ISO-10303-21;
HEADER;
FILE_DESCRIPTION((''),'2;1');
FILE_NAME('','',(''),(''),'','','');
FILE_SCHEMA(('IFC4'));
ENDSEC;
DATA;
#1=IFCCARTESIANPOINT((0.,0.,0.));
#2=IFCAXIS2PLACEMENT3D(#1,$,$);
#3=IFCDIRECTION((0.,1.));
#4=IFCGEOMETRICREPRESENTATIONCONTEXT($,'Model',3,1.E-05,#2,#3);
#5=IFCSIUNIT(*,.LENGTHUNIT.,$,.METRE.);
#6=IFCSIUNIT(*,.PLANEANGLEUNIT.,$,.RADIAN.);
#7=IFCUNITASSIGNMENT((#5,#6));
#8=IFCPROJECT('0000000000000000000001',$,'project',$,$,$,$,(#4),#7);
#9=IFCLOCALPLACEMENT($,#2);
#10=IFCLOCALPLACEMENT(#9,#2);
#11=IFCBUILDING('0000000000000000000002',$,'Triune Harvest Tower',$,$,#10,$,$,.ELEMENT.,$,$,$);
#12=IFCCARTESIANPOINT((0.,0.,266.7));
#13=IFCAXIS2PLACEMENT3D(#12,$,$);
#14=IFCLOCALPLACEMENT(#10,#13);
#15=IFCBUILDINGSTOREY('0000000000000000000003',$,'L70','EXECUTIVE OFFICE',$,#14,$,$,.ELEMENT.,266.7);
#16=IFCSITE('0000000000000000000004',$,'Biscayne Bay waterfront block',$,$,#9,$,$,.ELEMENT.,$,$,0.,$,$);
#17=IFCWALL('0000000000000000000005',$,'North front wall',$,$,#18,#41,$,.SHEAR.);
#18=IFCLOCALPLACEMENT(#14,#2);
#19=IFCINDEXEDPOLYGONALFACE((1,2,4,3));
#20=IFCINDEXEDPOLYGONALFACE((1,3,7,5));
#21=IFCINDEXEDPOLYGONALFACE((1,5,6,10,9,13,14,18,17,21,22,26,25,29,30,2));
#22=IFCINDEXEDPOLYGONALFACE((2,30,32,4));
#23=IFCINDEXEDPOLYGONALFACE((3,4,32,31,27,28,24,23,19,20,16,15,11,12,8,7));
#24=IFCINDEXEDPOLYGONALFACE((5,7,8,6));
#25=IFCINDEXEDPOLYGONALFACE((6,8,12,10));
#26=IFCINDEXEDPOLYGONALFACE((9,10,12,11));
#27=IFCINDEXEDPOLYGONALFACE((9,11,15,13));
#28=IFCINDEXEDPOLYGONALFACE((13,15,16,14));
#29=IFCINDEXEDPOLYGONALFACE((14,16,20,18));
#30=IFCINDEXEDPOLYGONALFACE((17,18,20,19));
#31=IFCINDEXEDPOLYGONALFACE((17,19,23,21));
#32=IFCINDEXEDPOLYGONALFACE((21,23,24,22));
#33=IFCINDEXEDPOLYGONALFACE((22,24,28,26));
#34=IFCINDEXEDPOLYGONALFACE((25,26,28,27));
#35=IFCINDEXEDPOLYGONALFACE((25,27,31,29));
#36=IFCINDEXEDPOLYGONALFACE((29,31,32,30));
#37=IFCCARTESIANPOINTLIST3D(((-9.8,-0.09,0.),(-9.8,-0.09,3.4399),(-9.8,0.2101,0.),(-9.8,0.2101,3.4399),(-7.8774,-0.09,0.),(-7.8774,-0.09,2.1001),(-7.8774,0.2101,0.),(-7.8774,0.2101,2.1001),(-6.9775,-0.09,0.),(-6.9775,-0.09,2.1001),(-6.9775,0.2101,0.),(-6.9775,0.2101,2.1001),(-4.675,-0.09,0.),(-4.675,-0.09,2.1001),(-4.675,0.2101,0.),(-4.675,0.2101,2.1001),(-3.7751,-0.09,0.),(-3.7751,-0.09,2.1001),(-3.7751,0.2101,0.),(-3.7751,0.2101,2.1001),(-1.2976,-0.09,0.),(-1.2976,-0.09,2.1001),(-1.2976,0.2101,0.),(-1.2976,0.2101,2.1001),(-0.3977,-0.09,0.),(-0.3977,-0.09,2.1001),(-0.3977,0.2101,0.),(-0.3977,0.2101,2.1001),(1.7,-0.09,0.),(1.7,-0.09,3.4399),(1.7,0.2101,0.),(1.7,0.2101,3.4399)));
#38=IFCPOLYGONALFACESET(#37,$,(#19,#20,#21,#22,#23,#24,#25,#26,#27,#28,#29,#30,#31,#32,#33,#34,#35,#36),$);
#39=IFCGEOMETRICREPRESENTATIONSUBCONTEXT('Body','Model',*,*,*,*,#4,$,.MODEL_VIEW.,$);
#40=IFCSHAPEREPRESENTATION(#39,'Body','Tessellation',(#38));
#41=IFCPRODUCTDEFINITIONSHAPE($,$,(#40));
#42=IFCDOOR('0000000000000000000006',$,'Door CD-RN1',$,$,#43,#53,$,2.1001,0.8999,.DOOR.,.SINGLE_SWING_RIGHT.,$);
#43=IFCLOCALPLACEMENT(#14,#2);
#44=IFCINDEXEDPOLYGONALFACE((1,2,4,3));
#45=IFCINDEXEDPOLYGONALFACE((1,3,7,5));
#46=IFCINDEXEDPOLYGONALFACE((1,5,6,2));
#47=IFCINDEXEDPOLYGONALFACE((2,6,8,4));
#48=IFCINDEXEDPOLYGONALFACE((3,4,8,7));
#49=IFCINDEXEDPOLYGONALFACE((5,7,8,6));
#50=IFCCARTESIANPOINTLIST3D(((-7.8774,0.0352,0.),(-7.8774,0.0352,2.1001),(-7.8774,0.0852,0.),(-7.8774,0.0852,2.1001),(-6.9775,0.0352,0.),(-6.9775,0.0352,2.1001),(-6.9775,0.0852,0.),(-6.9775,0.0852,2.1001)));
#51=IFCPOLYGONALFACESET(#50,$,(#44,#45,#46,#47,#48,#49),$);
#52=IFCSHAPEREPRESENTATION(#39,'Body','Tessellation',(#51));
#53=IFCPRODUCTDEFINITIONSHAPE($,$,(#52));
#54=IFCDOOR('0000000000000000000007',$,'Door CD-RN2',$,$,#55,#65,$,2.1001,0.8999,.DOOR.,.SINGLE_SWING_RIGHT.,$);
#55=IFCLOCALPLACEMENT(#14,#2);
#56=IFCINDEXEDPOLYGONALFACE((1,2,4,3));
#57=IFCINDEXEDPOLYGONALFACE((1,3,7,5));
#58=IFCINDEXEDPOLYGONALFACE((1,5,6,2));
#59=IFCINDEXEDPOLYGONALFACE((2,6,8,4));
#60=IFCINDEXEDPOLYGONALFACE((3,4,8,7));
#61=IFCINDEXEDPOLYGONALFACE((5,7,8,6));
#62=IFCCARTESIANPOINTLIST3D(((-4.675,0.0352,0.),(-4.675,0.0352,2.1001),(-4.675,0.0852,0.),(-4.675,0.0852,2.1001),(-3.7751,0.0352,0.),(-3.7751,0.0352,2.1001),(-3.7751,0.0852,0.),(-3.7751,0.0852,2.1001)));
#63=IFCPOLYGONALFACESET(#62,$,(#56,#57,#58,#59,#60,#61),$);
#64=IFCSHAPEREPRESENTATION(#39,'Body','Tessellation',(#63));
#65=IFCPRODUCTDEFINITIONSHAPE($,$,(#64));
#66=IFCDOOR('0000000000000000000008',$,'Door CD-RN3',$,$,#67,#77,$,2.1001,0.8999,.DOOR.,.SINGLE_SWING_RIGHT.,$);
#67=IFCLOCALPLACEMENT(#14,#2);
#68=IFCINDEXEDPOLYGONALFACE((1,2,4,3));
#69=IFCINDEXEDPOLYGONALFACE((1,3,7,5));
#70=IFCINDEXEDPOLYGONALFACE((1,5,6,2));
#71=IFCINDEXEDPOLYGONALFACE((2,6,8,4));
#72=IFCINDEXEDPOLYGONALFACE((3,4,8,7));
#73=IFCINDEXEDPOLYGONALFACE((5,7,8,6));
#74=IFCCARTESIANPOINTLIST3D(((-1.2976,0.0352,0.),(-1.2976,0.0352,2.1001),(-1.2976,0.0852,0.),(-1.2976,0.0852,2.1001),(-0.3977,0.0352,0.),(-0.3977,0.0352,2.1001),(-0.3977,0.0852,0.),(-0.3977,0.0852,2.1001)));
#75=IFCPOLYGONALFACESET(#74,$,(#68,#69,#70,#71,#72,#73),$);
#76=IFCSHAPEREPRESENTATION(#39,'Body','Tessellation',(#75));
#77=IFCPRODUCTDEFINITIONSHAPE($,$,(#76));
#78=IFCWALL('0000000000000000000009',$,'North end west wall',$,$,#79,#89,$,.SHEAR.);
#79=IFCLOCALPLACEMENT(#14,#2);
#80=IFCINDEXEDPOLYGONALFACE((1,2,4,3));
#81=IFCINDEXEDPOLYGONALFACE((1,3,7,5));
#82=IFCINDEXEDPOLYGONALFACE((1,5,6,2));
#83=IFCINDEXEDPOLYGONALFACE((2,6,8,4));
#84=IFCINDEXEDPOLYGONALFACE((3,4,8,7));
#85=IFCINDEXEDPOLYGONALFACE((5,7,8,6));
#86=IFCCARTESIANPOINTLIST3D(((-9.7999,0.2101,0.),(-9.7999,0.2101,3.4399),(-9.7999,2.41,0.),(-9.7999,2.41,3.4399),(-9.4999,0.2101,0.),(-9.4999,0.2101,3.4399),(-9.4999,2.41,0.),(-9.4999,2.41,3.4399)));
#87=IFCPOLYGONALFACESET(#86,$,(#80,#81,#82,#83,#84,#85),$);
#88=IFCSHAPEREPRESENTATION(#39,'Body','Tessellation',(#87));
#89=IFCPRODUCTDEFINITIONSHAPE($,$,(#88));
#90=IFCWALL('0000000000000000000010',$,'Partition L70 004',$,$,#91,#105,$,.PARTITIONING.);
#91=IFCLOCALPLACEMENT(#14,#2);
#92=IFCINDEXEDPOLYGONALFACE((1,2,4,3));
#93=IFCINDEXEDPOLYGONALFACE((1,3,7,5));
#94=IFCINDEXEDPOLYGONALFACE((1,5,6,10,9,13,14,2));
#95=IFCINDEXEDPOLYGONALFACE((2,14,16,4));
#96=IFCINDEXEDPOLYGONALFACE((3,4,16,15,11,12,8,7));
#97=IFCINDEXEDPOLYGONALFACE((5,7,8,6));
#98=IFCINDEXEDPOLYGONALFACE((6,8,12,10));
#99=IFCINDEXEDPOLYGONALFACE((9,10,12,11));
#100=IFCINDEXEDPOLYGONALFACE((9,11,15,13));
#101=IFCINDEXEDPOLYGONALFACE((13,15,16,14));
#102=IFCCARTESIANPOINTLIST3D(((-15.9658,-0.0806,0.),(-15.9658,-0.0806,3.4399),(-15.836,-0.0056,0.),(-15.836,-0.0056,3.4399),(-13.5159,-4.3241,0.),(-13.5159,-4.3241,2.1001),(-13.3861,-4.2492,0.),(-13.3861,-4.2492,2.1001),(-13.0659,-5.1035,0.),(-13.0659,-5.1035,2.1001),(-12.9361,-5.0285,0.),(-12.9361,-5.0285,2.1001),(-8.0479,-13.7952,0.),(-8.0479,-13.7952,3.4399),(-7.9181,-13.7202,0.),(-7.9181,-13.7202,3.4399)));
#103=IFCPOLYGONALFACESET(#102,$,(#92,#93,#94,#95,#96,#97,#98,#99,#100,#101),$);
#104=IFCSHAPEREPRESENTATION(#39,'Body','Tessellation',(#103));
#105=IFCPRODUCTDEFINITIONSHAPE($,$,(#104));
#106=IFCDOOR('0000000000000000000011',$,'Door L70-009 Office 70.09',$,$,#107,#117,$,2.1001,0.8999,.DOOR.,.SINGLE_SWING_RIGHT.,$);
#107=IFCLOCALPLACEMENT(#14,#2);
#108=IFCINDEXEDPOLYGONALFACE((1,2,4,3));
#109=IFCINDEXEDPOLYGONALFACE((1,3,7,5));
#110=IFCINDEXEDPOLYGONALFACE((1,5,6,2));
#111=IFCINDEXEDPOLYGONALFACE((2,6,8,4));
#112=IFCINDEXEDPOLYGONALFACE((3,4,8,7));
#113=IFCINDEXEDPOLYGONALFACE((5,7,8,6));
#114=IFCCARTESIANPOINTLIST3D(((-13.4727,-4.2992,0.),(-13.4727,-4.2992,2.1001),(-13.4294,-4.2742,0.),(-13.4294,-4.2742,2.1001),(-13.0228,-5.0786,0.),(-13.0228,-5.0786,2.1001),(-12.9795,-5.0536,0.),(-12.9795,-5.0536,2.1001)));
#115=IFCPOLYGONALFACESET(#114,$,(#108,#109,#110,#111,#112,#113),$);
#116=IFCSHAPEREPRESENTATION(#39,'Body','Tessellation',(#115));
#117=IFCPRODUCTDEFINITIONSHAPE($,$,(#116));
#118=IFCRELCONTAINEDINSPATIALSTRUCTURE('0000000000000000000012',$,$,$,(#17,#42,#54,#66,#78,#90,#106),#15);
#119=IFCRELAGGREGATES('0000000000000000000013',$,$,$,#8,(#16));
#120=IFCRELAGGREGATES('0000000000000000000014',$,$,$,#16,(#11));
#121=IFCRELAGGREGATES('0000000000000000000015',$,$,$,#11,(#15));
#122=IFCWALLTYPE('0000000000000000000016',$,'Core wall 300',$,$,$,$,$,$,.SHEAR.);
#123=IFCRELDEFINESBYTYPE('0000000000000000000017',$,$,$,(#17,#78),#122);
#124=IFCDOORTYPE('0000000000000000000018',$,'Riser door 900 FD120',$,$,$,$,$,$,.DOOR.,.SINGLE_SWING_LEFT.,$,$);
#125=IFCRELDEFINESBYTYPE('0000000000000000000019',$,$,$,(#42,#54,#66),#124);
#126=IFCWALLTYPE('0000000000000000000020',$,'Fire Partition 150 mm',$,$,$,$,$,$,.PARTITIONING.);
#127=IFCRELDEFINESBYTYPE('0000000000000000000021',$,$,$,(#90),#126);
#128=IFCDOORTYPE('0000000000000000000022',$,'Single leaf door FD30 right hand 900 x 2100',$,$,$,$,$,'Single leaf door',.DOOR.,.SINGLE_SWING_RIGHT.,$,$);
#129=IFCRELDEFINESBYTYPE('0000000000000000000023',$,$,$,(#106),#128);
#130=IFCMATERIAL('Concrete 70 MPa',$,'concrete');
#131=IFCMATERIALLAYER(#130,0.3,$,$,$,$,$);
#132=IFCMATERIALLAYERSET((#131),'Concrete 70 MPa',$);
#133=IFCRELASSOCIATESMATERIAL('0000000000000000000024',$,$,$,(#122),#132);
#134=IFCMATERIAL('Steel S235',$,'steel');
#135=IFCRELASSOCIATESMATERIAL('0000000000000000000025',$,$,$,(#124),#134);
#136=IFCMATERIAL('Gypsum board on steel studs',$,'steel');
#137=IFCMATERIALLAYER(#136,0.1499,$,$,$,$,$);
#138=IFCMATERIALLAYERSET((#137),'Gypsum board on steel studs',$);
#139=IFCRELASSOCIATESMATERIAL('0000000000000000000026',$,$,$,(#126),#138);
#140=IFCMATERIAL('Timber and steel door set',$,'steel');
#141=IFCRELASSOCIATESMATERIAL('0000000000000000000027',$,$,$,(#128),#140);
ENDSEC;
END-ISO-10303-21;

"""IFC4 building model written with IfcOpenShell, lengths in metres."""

from ifc_helpers import new_model, si_unit, direction, frame, frame_2d, origin, place, context, subcontext, project, spatial, rectangle, extrude, source, transform, mapped, material, layer, layer_set, type_object, element, fill, save


model = new_model("IFC4")

# Units and contexts
model_context = context("Model", 3, precision=1e-05, world=origin(), true_north=direction((0.0, 1.0)))
body_context = subcontext(model_context, "Body", "Model", "MODEL_VIEW")
ifc_project = project(units=[si_unit("LENGTHUNIT", "METRE"), si_unit("PLANEANGLEUNIT", "RADIAN")], contexts=[model_context])

# Site, building, storey
site_placement = place(None, origin())
site = spatial("IfcSite", under=ifc_project, at=site_placement, Name="Biscayne Bay waterfront block", CompositionType="ELEMENT", RefElevation=0.0)
building_placement = place(site_placement, origin())
building = spatial("IfcBuilding", under=site, at=building_placement, Name="Triune Harvest Tower", CompositionType="ELEMENT")
storey_placement = place(building_placement, frame((0.0, 0.0, 266.7)))
storey = spatial("IfcBuildingStorey", under=building, at=storey_placement, Name="L70", Description="EXECUTIVE OFFICE", CompositionType="ELEMENT", Elevation=266.7)

# Wall, openings, doors
ifc_material_1 = material(Name="Concrete 70 MPa", Category="concrete")
ifc_layer_1 = layer(ifc_material_1, 0.3)
ifc_layer_set_1 = layer_set([ifc_layer_1], Name="Concrete 70 MPa")
wall_type_1 = type_object("IfcWallType", Name="Core wall 300", PredefinedType="SHEAR", material=ifc_layer_set_1)
shared_shape_1 = source(origin(), body_context, "Body", "SweptSolid", [
    extrude(rectangle(XDim=11.5, YDim=0.3, at=frame_2d((5.75, 0.0))), origin(), (0.0, 0.0, 1.0), 3.4399),
])
wall_1_placement = place(storey_placement, frame((-9.8, 0.0601, 0.0), z_axis=(0.0, 0.0, 1.0), x_axis=(1.0, 0.0, 0.0)))
wall_1 = element("IfcWall", 1, at=wall_1_placement, inside=storey, type_object=wall_type_1, Name="North front wall", PredefinedType="SHEAR", context=body_context, shape_type="MappedRepresentation", body=[
    mapped(shared_shape_1, transform((0.0, 0.0, 0.0), scale=1.0)),
])
opening_1_placement = place(wall_1_placement, frame((1.9226, 0.0, 0.0)))
opening_1 = element("IfcOpeningElement", 2, at=opening_1_placement, cuts=wall_1, PredefinedType="OPENING", context=body_context, shape_type="SweptSolid", body=[
    extrude(rectangle(XDim=0.8999, YDim=2.1001, at=frame_2d((0.45, 1.05))), frame((0.0, 0.1602, 0.0), z_axis=(0.0, -1.0, 0.0), x_axis=(1.0, 0.0, 0.0)), (0.0, 0.0, 1.0), 0.3201),
])
opening_2_placement = place(wall_1_placement, frame((5.125, 0.0, 0.0)))
opening_2 = element("IfcOpeningElement", 3, at=opening_2_placement, cuts=wall_1, PredefinedType="OPENING", context=body_context, shape_type="SweptSolid", body=[
    extrude(rectangle(XDim=0.8999, YDim=2.1001, at=frame_2d((0.45, 1.05))), frame((0.0, 0.1602, 0.0), z_axis=(0.0, -1.0, 0.0), x_axis=(1.0, 0.0, 0.0)), (0.0, 0.0, 1.0), 0.3201),
])
opening_3_placement = place(wall_1_placement, frame((8.5024, 0.0, 0.0)))
opening_3 = element("IfcOpeningElement", 4, at=opening_3_placement, cuts=wall_1, PredefinedType="OPENING", context=body_context, shape_type="SweptSolid", body=[
    extrude(rectangle(XDim=0.8999, YDim=2.1001, at=frame_2d((0.45, 1.05))), frame((0.0, 0.1602, 0.0), z_axis=(0.0, -1.0, 0.0), x_axis=(1.0, 0.0, 0.0)), (0.0, 0.0, 1.0), 0.3201),
])
ifc_material_2 = material(Name="Steel S235", Category="steel")
door_type_1 = type_object("IfcDoorType", Name="Riser door 900 FD120", OperationType="SINGLE_SWING_LEFT", PredefinedType="DOOR", material=ifc_material_2)
door_1_placement = place(opening_1_placement, frame((0.8999, 0.0, 0.0), z_axis=(0.0, 0.0, 1.0), x_axis=(-1.0, 0.0, 0.0)))
door_1 = element("IfcDoor", 5, at=door_1_placement, inside=storey, type_object=door_type_1, Name="Door CD-RN1", OperationType="SINGLE_SWING_RIGHT", OverallHeight=2.1001, OverallWidth=0.8999, PredefinedType="DOOR", context=body_context, shape_type="SweptSolid", body=[
    extrude(rectangle(XDim=0.8999, YDim=2.1001, at=frame_2d((0.45, 1.05))), frame((0.0, 0.0249, 0.0), z_axis=(0.0, -1.0, 0.0), x_axis=(1.0, 0.0, 0.0)), (0.0, 0.0, 1.0), 0.05),
])
fill(opening_1, door_1)
door_2_placement = place(opening_2_placement, frame((0.8999, 0.0, 0.0), z_axis=(0.0, 0.0, 1.0), x_axis=(-1.0, 0.0, 0.0)))
door_2 = element("IfcDoor", 6, at=door_2_placement, inside=storey, type_object=door_type_1, Name="Door CD-RN2", OperationType="SINGLE_SWING_RIGHT", OverallHeight=2.1001, OverallWidth=0.8999, PredefinedType="DOOR", context=body_context, shape_type="SweptSolid", body=[
    extrude(rectangle(XDim=0.8999, YDim=2.1001, at=frame_2d((0.45, 1.05))), frame((0.0, 0.0249, 0.0), z_axis=(0.0, -1.0, 0.0), x_axis=(1.0, 0.0, 0.0)), (0.0, 0.0, 1.0), 0.05),
])
fill(opening_2, door_2)
door_3_placement = place(opening_3_placement, frame((0.8999, 0.0, 0.0), z_axis=(0.0, 0.0, 1.0), x_axis=(-1.0, 0.0, 0.0)))
door_3 = element("IfcDoor", 7, at=door_3_placement, inside=storey, type_object=door_type_1, Name="Door CD-RN3", OperationType="SINGLE_SWING_RIGHT", OverallHeight=2.1001, OverallWidth=0.8999, PredefinedType="DOOR", context=body_context, shape_type="SweptSolid", body=[
    extrude(rectangle(XDim=0.8999, YDim=2.1001, at=frame_2d((0.45, 1.05))), frame((0.0, 0.0249, 0.0), z_axis=(0.0, -1.0, 0.0), x_axis=(1.0, 0.0, 0.0)), (0.0, 0.0, 1.0), 0.05),
])
fill(opening_3, door_3)

# Wall
shared_shape_2 = source(origin(), body_context, "Body", "SweptSolid", [
    extrude(rectangle(XDim=2.2, YDim=0.3, at=frame_2d((1.1001, 0.0))), origin(), (0.0, 0.0, 1.0), 3.4399),
])
wall_2_placement = place(storey_placement, frame((-9.6499, 0.21, 0.0), z_axis=(0.0, 0.0, 1.0), x_axis=(0.0, 1.0, 0.0)))
element("IfcWall", 8, at=wall_2_placement, inside=storey, type_object=wall_type_1, Name="North end west wall", PredefinedType="SHEAR", context=body_context, shape_type="MappedRepresentation", body=[
    mapped(shared_shape_2, transform((0.0, 0.0, 0.0), scale=1.0)),
])

# Wall, opening, door
ifc_material_3 = material(Name="Gypsum board on steel studs", Category="steel")
ifc_layer_2 = layer(ifc_material_3, 0.1499)
ifc_layer_set_2 = layer_set([ifc_layer_2], Name="Gypsum board on steel studs")
wall_type_2 = type_object("IfcWallType", Name="Fire Partition 150 mm", PredefinedType="PARTITIONING", material=ifc_layer_set_2)
shared_shape_3 = source(origin(), body_context, "Body", "SweptSolid", [
    extrude(rectangle(XDim=15.8362, YDim=0.1499, at=frame_2d((7.918, 0.0))), origin(), (0.0, 0.0, 1.0), 3.4399),
])
wall_3_placement = place(storey_placement, frame((-15.9009, -0.0432, 0.0), z_axis=(0.0, 0.0, 1.0), x_axis=(0.499992, -0.86603, 0.0)))
wall_3 = element("IfcWall", 9, at=wall_3_placement, inside=storey, type_object=wall_type_2, Name="Partition L70 004", PredefinedType="PARTITIONING", context=body_context, shape_type="MappedRepresentation", body=[
    mapped(shared_shape_3, transform((0.0, 0.0, 0.0), scale=1.0)),
])
opening_4_placement = place(wall_3_placement, frame((4.8999, 0.0, 0.0)))
opening_4 = element("IfcOpeningElement", 10, at=opening_4_placement, cuts=wall_3, PredefinedType="OPENING", context=body_context, shape_type="SweptSolid", body=[
    extrude(rectangle(XDim=0.8999, YDim=2.1001, at=frame_2d((0.45, 1.05))), frame((0.0, 0.085, 0.0), z_axis=(0.0, -1.0, 0.0), x_axis=(1.0, 0.0, 0.0)), (0.0, 0.0, 1.0), 0.1699),
])
ifc_material_4 = material(Name="Timber and steel door set", Category="steel")
door_type_2 = type_object("IfcDoorType", Name="Single leaf door FD30 right hand 900 x 2100", ElementType="Single leaf door", OperationType="SINGLE_SWING_RIGHT", PredefinedType="DOOR", material=ifc_material_4)
door_4_placement = place(opening_4_placement, origin())
door_4 = element("IfcDoor", 11, at=door_4_placement, inside=storey, type_object=door_type_2, Name="Door L70-009 Office 70.09", OperationType="SINGLE_SWING_RIGHT", OverallHeight=2.1001, OverallWidth=0.8999, PredefinedType="DOOR", context=body_context, shape_type="SweptSolid", body=[
    extrude(rectangle(XDim=0.8999, YDim=2.1001, at=frame_2d((0.45, 1.05))), frame((0.0, 0.0249, 0.0), z_axis=(0.0, -1.0, 0.0), x_axis=(1.0, 0.0, 0.0)), (0.0, 0.0, 1.0), 0.05),
])
fill(opening_4, door_4)

save(model, "model.ifc")
